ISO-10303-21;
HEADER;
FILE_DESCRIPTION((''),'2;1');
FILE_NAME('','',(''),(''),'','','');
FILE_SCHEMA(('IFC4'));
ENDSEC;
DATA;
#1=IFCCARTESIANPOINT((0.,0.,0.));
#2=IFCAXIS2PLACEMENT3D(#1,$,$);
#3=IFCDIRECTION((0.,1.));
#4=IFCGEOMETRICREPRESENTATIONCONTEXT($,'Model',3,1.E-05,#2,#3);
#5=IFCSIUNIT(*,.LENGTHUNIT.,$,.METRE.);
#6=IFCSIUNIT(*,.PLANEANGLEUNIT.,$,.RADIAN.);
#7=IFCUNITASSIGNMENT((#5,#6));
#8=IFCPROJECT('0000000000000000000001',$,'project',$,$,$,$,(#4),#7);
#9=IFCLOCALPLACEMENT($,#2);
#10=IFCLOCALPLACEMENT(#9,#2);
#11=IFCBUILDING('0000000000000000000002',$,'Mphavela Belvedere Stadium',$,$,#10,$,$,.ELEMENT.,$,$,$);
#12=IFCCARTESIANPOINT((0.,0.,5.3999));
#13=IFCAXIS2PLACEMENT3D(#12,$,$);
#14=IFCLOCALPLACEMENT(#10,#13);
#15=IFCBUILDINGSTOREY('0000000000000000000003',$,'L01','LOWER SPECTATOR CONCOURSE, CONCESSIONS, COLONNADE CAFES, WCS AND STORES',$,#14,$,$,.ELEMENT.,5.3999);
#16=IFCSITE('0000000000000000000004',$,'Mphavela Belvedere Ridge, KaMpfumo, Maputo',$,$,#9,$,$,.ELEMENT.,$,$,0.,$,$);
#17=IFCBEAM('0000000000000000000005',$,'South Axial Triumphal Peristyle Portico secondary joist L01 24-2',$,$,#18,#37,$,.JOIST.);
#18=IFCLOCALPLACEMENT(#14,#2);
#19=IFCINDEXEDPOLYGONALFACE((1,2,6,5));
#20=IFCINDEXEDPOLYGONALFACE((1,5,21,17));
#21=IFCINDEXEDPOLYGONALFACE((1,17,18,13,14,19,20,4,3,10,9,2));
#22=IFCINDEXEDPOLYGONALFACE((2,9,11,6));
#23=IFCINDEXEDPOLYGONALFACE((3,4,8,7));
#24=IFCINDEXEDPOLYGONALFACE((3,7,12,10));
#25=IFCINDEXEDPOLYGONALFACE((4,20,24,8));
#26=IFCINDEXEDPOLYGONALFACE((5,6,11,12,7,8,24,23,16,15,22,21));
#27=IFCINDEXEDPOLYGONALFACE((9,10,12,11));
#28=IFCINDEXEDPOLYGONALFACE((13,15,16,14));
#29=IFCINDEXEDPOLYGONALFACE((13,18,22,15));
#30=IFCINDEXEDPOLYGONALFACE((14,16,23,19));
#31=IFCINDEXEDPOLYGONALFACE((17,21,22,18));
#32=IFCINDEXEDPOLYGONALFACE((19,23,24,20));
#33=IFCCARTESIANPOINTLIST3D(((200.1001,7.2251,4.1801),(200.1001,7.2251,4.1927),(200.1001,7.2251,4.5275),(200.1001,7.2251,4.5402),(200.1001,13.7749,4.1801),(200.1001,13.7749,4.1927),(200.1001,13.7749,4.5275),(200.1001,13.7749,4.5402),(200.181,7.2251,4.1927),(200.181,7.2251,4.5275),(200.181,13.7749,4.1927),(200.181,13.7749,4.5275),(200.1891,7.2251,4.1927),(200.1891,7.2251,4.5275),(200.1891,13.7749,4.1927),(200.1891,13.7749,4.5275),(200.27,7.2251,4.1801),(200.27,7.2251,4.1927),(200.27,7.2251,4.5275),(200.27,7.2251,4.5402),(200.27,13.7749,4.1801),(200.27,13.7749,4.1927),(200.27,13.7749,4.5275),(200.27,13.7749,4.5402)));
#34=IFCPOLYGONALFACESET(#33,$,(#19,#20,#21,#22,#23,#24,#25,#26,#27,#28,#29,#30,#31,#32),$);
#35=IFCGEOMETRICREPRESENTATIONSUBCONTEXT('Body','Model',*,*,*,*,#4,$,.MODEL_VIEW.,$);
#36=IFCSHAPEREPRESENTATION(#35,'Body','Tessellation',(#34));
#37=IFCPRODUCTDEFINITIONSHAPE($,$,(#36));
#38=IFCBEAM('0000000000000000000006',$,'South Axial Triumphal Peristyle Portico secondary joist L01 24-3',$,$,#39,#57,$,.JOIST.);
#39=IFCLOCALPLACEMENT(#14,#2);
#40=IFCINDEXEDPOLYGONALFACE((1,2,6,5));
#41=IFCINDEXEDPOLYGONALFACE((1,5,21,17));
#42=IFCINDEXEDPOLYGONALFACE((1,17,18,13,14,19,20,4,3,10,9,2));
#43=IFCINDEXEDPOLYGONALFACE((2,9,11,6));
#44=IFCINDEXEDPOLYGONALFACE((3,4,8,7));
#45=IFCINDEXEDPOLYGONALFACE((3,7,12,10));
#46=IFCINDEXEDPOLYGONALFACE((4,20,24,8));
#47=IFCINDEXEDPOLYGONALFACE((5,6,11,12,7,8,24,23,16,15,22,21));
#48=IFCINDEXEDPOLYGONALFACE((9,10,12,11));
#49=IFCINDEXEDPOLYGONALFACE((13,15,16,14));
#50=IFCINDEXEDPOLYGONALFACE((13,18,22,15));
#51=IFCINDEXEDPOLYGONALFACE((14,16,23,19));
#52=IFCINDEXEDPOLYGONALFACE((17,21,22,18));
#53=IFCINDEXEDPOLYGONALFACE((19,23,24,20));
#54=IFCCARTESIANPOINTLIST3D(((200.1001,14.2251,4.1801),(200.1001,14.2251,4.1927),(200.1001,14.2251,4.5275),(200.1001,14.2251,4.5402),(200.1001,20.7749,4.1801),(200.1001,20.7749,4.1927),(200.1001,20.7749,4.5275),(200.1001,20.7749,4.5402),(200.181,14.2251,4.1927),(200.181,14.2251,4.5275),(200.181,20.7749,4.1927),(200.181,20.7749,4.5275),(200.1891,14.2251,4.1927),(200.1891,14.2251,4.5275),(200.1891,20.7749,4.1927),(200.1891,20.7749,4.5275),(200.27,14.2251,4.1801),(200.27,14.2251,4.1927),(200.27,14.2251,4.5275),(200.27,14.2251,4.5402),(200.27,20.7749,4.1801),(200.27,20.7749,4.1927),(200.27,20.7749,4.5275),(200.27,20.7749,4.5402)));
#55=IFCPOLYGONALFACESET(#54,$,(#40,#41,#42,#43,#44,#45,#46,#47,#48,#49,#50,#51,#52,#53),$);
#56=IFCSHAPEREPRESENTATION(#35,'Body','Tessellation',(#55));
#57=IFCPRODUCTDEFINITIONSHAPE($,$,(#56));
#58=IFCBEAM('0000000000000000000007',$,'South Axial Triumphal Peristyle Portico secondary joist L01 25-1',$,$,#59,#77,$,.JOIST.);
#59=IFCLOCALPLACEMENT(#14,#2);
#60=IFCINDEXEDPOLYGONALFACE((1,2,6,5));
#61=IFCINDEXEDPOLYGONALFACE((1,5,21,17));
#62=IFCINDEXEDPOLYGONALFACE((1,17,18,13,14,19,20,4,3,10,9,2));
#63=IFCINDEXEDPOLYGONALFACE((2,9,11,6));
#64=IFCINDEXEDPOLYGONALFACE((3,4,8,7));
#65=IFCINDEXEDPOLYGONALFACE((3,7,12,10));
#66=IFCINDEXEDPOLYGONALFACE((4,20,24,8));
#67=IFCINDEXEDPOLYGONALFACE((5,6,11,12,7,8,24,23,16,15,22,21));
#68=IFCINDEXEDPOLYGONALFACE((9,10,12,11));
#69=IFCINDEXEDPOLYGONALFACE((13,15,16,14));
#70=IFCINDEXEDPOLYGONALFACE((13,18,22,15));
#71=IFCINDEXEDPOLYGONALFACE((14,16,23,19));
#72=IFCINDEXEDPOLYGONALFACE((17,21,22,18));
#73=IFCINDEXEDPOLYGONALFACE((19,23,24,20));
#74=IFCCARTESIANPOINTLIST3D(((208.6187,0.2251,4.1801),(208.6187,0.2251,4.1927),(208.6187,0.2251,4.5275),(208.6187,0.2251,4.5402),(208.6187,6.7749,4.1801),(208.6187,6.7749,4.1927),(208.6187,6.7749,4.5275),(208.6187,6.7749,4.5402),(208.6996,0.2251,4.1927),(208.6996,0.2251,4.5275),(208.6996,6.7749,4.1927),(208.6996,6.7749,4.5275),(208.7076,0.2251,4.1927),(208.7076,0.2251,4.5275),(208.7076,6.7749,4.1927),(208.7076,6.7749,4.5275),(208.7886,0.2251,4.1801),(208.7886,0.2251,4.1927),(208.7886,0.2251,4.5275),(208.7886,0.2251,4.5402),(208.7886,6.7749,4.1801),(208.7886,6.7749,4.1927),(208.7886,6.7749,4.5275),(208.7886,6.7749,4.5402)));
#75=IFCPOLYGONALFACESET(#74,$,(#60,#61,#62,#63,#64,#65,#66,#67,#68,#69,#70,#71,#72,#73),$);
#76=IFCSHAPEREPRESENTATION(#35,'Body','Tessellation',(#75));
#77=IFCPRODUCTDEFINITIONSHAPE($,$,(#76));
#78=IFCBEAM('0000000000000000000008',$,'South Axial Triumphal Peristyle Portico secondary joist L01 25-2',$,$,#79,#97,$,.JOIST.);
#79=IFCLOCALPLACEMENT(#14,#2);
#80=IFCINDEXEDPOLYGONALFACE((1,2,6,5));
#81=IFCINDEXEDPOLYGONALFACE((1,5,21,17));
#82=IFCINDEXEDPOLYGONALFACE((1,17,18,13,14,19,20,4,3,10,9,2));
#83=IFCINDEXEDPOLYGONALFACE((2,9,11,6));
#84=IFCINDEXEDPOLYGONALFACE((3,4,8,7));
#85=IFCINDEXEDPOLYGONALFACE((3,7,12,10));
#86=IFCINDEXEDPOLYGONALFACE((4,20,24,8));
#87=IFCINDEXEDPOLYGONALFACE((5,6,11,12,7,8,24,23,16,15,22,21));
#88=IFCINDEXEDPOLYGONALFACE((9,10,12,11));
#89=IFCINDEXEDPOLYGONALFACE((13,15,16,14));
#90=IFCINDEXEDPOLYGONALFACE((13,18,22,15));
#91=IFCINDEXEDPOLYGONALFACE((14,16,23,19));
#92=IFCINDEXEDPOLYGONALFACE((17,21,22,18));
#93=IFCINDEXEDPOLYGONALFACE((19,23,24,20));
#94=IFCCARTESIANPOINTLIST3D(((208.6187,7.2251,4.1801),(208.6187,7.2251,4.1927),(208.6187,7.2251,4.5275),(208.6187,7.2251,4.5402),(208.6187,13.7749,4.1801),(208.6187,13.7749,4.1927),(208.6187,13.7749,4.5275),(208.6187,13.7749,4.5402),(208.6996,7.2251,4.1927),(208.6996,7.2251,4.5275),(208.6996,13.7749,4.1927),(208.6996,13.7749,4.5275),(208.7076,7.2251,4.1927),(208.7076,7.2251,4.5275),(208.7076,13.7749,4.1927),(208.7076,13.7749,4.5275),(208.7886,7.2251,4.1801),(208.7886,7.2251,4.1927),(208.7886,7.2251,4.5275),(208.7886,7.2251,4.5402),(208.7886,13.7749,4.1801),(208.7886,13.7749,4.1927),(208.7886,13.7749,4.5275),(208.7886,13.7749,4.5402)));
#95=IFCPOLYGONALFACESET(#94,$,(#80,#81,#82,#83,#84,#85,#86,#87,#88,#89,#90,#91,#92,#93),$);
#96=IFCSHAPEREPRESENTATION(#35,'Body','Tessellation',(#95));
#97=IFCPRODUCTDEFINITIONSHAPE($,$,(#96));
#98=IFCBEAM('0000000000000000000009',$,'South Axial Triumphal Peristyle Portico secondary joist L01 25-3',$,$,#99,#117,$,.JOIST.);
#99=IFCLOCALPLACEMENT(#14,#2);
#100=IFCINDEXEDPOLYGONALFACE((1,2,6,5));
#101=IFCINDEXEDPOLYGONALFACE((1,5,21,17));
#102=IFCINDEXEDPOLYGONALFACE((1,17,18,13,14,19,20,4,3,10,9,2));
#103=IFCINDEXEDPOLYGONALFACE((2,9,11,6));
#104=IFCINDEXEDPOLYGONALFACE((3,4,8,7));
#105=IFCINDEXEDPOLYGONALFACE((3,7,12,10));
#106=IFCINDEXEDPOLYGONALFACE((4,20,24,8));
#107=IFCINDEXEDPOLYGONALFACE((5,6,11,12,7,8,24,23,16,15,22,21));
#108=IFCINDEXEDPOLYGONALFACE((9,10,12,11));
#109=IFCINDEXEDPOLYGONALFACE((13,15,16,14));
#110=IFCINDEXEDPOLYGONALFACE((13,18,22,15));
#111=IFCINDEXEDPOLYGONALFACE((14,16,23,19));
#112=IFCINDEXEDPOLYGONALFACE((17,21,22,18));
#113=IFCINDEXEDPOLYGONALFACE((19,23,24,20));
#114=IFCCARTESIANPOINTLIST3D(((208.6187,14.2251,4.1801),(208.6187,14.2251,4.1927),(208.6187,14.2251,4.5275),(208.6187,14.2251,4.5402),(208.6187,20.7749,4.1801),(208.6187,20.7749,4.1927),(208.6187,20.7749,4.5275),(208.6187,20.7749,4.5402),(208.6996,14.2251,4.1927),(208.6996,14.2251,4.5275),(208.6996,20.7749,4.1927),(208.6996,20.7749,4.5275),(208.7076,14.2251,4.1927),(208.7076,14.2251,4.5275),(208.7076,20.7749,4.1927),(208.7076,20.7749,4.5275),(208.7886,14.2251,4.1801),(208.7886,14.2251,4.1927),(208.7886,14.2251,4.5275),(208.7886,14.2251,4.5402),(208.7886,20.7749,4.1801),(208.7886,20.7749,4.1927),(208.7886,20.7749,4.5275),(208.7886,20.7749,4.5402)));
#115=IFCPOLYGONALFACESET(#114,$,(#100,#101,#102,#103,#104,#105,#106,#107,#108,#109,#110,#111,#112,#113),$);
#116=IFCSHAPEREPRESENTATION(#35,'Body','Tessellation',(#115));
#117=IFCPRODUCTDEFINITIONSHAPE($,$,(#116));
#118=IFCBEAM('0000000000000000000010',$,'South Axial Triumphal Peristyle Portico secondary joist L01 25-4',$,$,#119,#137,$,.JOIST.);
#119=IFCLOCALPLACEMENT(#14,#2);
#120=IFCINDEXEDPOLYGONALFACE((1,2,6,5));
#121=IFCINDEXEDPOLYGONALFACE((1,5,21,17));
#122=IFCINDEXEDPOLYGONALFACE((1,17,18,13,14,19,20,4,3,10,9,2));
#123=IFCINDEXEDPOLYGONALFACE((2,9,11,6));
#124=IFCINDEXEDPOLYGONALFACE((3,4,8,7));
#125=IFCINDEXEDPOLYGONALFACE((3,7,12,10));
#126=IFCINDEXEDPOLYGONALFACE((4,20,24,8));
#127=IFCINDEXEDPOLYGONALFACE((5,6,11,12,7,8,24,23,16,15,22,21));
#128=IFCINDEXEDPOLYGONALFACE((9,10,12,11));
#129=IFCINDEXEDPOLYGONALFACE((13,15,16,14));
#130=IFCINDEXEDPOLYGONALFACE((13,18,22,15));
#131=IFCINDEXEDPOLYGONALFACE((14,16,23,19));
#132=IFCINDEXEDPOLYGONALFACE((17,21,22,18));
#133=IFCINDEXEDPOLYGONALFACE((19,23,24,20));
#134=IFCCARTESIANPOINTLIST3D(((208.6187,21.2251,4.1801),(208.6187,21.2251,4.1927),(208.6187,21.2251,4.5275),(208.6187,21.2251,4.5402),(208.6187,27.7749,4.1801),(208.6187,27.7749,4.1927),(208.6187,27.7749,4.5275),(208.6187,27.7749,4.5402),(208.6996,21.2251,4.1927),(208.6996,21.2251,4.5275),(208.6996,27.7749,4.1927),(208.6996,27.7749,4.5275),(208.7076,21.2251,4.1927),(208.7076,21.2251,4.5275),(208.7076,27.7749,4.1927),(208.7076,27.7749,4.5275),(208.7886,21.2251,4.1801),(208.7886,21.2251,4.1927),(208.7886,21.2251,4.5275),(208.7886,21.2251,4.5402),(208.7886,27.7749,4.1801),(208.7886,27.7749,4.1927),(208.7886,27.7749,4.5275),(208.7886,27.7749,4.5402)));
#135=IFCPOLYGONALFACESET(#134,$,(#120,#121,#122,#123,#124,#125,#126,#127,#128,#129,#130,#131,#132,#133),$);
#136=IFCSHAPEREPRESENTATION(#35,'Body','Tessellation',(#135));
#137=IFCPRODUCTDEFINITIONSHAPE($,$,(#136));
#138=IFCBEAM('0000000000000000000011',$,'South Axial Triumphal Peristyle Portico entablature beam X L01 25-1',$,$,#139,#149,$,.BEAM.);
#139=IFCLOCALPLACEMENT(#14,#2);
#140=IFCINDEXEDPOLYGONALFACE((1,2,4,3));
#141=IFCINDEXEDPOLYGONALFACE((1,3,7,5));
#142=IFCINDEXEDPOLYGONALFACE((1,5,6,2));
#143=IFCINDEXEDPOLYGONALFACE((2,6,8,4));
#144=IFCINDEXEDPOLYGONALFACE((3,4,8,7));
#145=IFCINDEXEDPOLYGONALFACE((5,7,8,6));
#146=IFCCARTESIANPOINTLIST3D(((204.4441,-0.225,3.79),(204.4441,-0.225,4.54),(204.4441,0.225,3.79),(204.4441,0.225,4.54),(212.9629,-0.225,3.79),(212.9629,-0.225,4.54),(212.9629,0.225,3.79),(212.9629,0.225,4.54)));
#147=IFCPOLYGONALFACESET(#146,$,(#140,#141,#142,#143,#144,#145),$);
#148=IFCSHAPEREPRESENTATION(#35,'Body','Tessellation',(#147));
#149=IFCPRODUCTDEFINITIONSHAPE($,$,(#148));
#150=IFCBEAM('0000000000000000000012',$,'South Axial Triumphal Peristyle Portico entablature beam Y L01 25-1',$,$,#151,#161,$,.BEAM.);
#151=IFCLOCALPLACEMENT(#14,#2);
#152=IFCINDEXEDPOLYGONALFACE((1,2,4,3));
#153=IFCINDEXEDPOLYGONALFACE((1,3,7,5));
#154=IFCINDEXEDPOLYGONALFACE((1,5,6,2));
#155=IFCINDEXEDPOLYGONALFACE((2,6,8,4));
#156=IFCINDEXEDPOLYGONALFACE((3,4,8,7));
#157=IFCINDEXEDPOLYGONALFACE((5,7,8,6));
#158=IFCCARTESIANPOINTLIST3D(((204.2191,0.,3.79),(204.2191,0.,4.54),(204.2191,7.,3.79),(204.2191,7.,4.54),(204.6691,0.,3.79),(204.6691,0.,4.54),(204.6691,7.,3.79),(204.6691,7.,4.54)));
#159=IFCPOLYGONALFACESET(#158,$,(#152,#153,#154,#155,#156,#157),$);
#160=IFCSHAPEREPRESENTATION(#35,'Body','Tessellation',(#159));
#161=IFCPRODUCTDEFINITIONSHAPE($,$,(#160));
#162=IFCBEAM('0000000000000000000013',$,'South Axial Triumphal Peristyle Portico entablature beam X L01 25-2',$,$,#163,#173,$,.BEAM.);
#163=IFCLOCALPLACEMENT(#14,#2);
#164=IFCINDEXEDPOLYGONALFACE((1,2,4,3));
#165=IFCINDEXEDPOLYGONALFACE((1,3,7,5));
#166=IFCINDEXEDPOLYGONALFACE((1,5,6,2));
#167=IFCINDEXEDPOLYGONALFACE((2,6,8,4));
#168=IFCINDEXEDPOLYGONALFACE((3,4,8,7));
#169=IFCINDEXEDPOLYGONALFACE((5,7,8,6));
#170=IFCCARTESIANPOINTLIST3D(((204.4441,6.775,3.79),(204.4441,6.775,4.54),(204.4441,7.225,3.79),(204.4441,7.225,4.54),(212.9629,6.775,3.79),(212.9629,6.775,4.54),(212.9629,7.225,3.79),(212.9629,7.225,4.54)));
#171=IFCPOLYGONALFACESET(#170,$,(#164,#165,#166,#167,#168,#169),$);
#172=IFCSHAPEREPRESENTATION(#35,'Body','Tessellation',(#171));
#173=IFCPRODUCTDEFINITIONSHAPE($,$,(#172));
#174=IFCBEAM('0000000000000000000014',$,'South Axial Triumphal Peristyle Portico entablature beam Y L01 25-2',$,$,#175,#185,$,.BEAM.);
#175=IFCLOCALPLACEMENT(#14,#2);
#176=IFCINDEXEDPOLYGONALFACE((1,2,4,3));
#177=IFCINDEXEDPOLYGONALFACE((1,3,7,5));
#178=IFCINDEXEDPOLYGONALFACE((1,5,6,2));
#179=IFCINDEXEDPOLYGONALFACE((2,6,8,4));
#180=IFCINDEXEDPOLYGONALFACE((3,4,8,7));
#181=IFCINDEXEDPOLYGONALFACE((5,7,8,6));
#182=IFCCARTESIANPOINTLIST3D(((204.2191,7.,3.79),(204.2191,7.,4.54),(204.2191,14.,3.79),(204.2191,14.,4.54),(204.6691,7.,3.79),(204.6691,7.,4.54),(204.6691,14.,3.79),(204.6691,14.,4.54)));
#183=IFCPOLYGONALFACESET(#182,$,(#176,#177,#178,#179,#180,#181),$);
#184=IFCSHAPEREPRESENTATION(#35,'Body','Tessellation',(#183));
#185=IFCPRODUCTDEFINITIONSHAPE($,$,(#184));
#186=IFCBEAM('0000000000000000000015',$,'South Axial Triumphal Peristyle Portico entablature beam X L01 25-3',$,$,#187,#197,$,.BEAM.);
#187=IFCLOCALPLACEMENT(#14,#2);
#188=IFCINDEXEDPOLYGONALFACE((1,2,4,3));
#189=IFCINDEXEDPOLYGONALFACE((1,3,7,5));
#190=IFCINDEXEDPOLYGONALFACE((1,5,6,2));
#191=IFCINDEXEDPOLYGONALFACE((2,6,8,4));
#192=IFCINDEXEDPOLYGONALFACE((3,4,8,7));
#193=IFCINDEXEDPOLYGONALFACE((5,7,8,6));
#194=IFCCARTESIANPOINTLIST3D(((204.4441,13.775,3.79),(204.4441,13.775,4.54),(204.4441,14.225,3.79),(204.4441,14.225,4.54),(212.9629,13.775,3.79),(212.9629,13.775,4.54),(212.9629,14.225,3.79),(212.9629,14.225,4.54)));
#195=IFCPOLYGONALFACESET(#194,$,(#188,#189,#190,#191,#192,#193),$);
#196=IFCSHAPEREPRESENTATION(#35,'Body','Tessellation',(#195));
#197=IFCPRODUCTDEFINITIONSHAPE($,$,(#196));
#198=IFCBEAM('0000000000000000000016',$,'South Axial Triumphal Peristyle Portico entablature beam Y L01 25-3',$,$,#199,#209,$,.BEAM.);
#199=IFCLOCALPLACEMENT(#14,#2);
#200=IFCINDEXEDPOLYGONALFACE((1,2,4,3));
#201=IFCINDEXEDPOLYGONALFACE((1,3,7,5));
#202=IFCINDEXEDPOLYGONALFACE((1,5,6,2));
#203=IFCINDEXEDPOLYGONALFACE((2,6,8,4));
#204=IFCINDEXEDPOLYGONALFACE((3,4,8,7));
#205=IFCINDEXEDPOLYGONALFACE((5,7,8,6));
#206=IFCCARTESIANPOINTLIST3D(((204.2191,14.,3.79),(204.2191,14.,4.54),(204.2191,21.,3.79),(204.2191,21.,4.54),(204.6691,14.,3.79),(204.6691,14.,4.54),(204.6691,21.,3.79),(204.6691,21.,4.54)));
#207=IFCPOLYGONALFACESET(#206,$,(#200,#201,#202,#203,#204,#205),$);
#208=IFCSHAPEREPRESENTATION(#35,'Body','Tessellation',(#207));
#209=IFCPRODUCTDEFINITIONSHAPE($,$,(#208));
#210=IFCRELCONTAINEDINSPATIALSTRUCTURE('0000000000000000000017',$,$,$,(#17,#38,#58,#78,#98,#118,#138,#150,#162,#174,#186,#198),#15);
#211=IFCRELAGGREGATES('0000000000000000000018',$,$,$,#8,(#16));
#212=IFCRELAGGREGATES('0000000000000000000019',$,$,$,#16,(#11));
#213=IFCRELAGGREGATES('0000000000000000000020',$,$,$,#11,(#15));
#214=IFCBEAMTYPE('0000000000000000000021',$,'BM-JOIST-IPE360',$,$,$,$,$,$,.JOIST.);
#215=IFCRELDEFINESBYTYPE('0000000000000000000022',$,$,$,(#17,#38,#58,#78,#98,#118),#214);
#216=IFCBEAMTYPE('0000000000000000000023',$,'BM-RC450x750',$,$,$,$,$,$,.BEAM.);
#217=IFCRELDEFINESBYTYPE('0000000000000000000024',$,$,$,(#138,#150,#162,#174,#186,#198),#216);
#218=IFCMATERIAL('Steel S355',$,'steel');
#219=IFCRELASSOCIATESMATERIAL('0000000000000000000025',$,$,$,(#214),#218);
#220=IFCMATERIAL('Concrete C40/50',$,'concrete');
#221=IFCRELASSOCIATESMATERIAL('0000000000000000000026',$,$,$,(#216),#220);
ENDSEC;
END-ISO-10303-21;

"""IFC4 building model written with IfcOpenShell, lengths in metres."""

from ifc_helpers import new_model, si_unit, direction, frame, origin, origin_2d, place, context, subcontext, project, spatial, rectangle, i_section, extrude, material, material_profile, profile_set, type_object, element, save


model = new_model("IFC4")

# Units and contexts
model_context = context("Model", 3, precision=1e-05, world=origin(), true_north=direction((0.0, 1.0)))
body_context = subcontext(model_context, "Body", "Model", "MODEL_VIEW")
ifc_project = project(units=[si_unit("LENGTHUNIT", "METRE"), si_unit("PLANEANGLEUNIT", "RADIAN")], contexts=[model_context])

# Site, building, storey
site_placement = place(None, origin())
site = spatial("IfcSite", under=ifc_project, at=site_placement, Name="Mphavela Belvedere Ridge, KaMpfumo, Maputo", CompositionType="ELEMENT", RefElevation=0.0)
building_placement = place(site_placement, origin())
building = spatial("IfcBuilding", under=site, at=building_placement, Name="Mphavela Belvedere Stadium", CompositionType="ELEMENT")
storey_placement = place(building_placement, frame((0.0, 0.0, 5.3999)))
storey = spatial("IfcBuildingStorey", under=building, at=storey_placement, Name="L01", Description="LOWER SPECTATOR CONCOURSE, CONCESSIONS, COLONNADE CAFES, WCS AND STORES", CompositionType="ELEMENT", Elevation=5.3999)

# Beams
ifc_material_1 = material(Name="Steel S355", Category="steel")
ifc_material_profile_1 = material_profile(ifc_material_1, i_section(OverallWidth=0.1699, OverallDepth=0.3601, WebThickness=0.0081, FlangeThickness=0.0127, at=origin_2d()), Name="IPE 360")
ifc_profile_set_1 = profile_set([ifc_material_profile_1], Name="Steel S355")
beam_type_1 = type_object("IfcBeamType", Name="BM-JOIST-IPE360", PredefinedType="JOIST", material=ifc_profile_set_1)
for number, where, z_axis, x_axis, name in (
    (1, (200.1851, 7.2251, 4.3601), (0.0, 1.0, 0.0), (-1.0, 0.0, 0.0), "South Axial Triumphal Peristyle Portico secondary joist L01 24-2"),
    (2, (200.1851, 14.2251, 4.3601), (0.0, 1.0, 0.0), (-1.0, 0.0, 0.0), "South Axial Triumphal Peristyle Portico secondary joist L01 24-3"),
    (3, (208.7036, 0.2251, 4.3601), (0.0, 1.0, 0.0), (-1.0, 0.0, 0.0), "South Axial Triumphal Peristyle Portico secondary joist L01 25-1"),
    (4, (208.7036, 7.2251, 4.3601), (0.0, 1.0, 0.0), (-1.0, 0.0, 0.0), "South Axial Triumphal Peristyle Portico secondary joist L01 25-2"),
    (5, (208.7036, 14.2251, 4.3601), (0.0, 1.0, 0.0), (-1.0, 0.0, 0.0), "South Axial Triumphal Peristyle Portico secondary joist L01 25-3"),
    (6, (208.7036, 21.2251, 4.3601), (0.0, 1.0, 0.0), (-1.0, 0.0, 0.0), "South Axial Triumphal Peristyle Portico secondary joist L01 25-4"),
):
    element("IfcBeam", number, at=place(storey_placement, frame(where, z_axis=z_axis, x_axis=x_axis)), inside=storey, type_object=beam_type_1, Name=name, PredefinedType="JOIST", context=body_context, shape_type="SweptSolid", body=[
        extrude(i_section(OverallWidth=0.1699, OverallDepth=0.3601, WebThickness=0.0081, FlangeThickness=0.0127, at=origin_2d()), origin(), (0.0, 0.0, 1.0), 6.5498),
    ])
ifc_material_2 = material(Name="Concrete C40/50", Category="concrete")
ifc_material_profile_2 = material_profile(ifc_material_2, rectangle(XDim=0.45, YDim=0.75, at=origin_2d()), Name="RC 450x750")
ifc_profile_set_2 = profile_set([ifc_material_profile_2], Name="Concrete C40/50")
beam_type_2 = type_object("IfcBeamType", Name="BM-RC450x750", PredefinedType="BEAM", material=ifc_profile_set_2)
beam_1_placement = place(storey_placement, frame((204.4441, 0.0, 4.165), z_axis=(1.0, 0.0, 0.0), x_axis=(0.0, 1.0, 0.0)))
element("IfcBeam", 7, at=beam_1_placement, inside=storey, type_object=beam_type_2, Name="South Axial Triumphal Peristyle Portico entablature beam X L01 25-1", PredefinedType="BEAM", context=body_context, shape_type="SweptSolid", body=[
    extrude(rectangle(XDim=0.45, YDim=0.75, at=origin_2d()), origin(), (0.0, 0.0, 1.0), 8.5188),
])
beam_2_placement = place(storey_placement, frame((204.4441, 0.0, 4.165), z_axis=(0.0, 1.0, 0.0), x_axis=(-1.0, 0.0, 0.0)))
element("IfcBeam", 8, at=beam_2_placement, inside=storey, type_object=beam_type_2, Name="South Axial Triumphal Peristyle Portico entablature beam Y L01 25-1", PredefinedType="BEAM", context=body_context, shape_type="SweptSolid", body=[
    extrude(rectangle(XDim=0.45, YDim=0.75, at=origin_2d()), origin(), (0.0, 0.0, 1.0), 7.0),
])
beam_3_placement = place(storey_placement, frame((204.4441, 7.0, 4.165), z_axis=(1.0, 0.0, 0.0), x_axis=(0.0, 1.0, 0.0)))
element("IfcBeam", 9, at=beam_3_placement, inside=storey, type_object=beam_type_2, Name="South Axial Triumphal Peristyle Portico entablature beam X L01 25-2", PredefinedType="BEAM", context=body_context, shape_type="SweptSolid", body=[
    extrude(rectangle(XDim=0.45, YDim=0.75, at=origin_2d()), origin(), (0.0, 0.0, 1.0), 8.5188),
])
beam_4_placement = place(storey_placement, frame((204.4441, 7.0, 4.165), z_axis=(0.0, 1.0, 0.0), x_axis=(-1.0, 0.0, 0.0)))
element("IfcBeam", 10, at=beam_4_placement, inside=storey, type_object=beam_type_2, Name="South Axial Triumphal Peristyle Portico entablature beam Y L01 25-2", PredefinedType="BEAM", context=body_context, shape_type="SweptSolid", body=[
    extrude(rectangle(XDim=0.45, YDim=0.75, at=origin_2d()), origin(), (0.0, 0.0, 1.0), 7.0),
])
beam_5_placement = place(storey_placement, frame((204.4441, 14.0, 4.165), z_axis=(1.0, 0.0, 0.0), x_axis=(0.0, 1.0, 0.0)))
element("IfcBeam", 11, at=beam_5_placement, inside=storey, type_object=beam_type_2, Name="South Axial Triumphal Peristyle Portico entablature beam X L01 25-3", PredefinedType="BEAM", context=body_context, shape_type="SweptSolid", body=[
    extrude(rectangle(XDim=0.45, YDim=0.75, at=origin_2d()), origin(), (0.0, 0.0, 1.0), 8.5188),
])
beam_6_placement = place(storey_placement, frame((204.4441, 14.0, 4.165), z_axis=(0.0, 1.0, 0.0), x_axis=(-1.0, 0.0, 0.0)))
element("IfcBeam", 12, at=beam_6_placement, inside=storey, type_object=beam_type_2, Name="South Axial Triumphal Peristyle Portico entablature beam Y L01 25-3", PredefinedType="BEAM", context=body_context, shape_type="SweptSolid", body=[
    extrude(rectangle(XDim=0.45, YDim=0.75, at=origin_2d()), origin(), (0.0, 0.0, 1.0), 7.0),
])

save(model, "model.ifc")
